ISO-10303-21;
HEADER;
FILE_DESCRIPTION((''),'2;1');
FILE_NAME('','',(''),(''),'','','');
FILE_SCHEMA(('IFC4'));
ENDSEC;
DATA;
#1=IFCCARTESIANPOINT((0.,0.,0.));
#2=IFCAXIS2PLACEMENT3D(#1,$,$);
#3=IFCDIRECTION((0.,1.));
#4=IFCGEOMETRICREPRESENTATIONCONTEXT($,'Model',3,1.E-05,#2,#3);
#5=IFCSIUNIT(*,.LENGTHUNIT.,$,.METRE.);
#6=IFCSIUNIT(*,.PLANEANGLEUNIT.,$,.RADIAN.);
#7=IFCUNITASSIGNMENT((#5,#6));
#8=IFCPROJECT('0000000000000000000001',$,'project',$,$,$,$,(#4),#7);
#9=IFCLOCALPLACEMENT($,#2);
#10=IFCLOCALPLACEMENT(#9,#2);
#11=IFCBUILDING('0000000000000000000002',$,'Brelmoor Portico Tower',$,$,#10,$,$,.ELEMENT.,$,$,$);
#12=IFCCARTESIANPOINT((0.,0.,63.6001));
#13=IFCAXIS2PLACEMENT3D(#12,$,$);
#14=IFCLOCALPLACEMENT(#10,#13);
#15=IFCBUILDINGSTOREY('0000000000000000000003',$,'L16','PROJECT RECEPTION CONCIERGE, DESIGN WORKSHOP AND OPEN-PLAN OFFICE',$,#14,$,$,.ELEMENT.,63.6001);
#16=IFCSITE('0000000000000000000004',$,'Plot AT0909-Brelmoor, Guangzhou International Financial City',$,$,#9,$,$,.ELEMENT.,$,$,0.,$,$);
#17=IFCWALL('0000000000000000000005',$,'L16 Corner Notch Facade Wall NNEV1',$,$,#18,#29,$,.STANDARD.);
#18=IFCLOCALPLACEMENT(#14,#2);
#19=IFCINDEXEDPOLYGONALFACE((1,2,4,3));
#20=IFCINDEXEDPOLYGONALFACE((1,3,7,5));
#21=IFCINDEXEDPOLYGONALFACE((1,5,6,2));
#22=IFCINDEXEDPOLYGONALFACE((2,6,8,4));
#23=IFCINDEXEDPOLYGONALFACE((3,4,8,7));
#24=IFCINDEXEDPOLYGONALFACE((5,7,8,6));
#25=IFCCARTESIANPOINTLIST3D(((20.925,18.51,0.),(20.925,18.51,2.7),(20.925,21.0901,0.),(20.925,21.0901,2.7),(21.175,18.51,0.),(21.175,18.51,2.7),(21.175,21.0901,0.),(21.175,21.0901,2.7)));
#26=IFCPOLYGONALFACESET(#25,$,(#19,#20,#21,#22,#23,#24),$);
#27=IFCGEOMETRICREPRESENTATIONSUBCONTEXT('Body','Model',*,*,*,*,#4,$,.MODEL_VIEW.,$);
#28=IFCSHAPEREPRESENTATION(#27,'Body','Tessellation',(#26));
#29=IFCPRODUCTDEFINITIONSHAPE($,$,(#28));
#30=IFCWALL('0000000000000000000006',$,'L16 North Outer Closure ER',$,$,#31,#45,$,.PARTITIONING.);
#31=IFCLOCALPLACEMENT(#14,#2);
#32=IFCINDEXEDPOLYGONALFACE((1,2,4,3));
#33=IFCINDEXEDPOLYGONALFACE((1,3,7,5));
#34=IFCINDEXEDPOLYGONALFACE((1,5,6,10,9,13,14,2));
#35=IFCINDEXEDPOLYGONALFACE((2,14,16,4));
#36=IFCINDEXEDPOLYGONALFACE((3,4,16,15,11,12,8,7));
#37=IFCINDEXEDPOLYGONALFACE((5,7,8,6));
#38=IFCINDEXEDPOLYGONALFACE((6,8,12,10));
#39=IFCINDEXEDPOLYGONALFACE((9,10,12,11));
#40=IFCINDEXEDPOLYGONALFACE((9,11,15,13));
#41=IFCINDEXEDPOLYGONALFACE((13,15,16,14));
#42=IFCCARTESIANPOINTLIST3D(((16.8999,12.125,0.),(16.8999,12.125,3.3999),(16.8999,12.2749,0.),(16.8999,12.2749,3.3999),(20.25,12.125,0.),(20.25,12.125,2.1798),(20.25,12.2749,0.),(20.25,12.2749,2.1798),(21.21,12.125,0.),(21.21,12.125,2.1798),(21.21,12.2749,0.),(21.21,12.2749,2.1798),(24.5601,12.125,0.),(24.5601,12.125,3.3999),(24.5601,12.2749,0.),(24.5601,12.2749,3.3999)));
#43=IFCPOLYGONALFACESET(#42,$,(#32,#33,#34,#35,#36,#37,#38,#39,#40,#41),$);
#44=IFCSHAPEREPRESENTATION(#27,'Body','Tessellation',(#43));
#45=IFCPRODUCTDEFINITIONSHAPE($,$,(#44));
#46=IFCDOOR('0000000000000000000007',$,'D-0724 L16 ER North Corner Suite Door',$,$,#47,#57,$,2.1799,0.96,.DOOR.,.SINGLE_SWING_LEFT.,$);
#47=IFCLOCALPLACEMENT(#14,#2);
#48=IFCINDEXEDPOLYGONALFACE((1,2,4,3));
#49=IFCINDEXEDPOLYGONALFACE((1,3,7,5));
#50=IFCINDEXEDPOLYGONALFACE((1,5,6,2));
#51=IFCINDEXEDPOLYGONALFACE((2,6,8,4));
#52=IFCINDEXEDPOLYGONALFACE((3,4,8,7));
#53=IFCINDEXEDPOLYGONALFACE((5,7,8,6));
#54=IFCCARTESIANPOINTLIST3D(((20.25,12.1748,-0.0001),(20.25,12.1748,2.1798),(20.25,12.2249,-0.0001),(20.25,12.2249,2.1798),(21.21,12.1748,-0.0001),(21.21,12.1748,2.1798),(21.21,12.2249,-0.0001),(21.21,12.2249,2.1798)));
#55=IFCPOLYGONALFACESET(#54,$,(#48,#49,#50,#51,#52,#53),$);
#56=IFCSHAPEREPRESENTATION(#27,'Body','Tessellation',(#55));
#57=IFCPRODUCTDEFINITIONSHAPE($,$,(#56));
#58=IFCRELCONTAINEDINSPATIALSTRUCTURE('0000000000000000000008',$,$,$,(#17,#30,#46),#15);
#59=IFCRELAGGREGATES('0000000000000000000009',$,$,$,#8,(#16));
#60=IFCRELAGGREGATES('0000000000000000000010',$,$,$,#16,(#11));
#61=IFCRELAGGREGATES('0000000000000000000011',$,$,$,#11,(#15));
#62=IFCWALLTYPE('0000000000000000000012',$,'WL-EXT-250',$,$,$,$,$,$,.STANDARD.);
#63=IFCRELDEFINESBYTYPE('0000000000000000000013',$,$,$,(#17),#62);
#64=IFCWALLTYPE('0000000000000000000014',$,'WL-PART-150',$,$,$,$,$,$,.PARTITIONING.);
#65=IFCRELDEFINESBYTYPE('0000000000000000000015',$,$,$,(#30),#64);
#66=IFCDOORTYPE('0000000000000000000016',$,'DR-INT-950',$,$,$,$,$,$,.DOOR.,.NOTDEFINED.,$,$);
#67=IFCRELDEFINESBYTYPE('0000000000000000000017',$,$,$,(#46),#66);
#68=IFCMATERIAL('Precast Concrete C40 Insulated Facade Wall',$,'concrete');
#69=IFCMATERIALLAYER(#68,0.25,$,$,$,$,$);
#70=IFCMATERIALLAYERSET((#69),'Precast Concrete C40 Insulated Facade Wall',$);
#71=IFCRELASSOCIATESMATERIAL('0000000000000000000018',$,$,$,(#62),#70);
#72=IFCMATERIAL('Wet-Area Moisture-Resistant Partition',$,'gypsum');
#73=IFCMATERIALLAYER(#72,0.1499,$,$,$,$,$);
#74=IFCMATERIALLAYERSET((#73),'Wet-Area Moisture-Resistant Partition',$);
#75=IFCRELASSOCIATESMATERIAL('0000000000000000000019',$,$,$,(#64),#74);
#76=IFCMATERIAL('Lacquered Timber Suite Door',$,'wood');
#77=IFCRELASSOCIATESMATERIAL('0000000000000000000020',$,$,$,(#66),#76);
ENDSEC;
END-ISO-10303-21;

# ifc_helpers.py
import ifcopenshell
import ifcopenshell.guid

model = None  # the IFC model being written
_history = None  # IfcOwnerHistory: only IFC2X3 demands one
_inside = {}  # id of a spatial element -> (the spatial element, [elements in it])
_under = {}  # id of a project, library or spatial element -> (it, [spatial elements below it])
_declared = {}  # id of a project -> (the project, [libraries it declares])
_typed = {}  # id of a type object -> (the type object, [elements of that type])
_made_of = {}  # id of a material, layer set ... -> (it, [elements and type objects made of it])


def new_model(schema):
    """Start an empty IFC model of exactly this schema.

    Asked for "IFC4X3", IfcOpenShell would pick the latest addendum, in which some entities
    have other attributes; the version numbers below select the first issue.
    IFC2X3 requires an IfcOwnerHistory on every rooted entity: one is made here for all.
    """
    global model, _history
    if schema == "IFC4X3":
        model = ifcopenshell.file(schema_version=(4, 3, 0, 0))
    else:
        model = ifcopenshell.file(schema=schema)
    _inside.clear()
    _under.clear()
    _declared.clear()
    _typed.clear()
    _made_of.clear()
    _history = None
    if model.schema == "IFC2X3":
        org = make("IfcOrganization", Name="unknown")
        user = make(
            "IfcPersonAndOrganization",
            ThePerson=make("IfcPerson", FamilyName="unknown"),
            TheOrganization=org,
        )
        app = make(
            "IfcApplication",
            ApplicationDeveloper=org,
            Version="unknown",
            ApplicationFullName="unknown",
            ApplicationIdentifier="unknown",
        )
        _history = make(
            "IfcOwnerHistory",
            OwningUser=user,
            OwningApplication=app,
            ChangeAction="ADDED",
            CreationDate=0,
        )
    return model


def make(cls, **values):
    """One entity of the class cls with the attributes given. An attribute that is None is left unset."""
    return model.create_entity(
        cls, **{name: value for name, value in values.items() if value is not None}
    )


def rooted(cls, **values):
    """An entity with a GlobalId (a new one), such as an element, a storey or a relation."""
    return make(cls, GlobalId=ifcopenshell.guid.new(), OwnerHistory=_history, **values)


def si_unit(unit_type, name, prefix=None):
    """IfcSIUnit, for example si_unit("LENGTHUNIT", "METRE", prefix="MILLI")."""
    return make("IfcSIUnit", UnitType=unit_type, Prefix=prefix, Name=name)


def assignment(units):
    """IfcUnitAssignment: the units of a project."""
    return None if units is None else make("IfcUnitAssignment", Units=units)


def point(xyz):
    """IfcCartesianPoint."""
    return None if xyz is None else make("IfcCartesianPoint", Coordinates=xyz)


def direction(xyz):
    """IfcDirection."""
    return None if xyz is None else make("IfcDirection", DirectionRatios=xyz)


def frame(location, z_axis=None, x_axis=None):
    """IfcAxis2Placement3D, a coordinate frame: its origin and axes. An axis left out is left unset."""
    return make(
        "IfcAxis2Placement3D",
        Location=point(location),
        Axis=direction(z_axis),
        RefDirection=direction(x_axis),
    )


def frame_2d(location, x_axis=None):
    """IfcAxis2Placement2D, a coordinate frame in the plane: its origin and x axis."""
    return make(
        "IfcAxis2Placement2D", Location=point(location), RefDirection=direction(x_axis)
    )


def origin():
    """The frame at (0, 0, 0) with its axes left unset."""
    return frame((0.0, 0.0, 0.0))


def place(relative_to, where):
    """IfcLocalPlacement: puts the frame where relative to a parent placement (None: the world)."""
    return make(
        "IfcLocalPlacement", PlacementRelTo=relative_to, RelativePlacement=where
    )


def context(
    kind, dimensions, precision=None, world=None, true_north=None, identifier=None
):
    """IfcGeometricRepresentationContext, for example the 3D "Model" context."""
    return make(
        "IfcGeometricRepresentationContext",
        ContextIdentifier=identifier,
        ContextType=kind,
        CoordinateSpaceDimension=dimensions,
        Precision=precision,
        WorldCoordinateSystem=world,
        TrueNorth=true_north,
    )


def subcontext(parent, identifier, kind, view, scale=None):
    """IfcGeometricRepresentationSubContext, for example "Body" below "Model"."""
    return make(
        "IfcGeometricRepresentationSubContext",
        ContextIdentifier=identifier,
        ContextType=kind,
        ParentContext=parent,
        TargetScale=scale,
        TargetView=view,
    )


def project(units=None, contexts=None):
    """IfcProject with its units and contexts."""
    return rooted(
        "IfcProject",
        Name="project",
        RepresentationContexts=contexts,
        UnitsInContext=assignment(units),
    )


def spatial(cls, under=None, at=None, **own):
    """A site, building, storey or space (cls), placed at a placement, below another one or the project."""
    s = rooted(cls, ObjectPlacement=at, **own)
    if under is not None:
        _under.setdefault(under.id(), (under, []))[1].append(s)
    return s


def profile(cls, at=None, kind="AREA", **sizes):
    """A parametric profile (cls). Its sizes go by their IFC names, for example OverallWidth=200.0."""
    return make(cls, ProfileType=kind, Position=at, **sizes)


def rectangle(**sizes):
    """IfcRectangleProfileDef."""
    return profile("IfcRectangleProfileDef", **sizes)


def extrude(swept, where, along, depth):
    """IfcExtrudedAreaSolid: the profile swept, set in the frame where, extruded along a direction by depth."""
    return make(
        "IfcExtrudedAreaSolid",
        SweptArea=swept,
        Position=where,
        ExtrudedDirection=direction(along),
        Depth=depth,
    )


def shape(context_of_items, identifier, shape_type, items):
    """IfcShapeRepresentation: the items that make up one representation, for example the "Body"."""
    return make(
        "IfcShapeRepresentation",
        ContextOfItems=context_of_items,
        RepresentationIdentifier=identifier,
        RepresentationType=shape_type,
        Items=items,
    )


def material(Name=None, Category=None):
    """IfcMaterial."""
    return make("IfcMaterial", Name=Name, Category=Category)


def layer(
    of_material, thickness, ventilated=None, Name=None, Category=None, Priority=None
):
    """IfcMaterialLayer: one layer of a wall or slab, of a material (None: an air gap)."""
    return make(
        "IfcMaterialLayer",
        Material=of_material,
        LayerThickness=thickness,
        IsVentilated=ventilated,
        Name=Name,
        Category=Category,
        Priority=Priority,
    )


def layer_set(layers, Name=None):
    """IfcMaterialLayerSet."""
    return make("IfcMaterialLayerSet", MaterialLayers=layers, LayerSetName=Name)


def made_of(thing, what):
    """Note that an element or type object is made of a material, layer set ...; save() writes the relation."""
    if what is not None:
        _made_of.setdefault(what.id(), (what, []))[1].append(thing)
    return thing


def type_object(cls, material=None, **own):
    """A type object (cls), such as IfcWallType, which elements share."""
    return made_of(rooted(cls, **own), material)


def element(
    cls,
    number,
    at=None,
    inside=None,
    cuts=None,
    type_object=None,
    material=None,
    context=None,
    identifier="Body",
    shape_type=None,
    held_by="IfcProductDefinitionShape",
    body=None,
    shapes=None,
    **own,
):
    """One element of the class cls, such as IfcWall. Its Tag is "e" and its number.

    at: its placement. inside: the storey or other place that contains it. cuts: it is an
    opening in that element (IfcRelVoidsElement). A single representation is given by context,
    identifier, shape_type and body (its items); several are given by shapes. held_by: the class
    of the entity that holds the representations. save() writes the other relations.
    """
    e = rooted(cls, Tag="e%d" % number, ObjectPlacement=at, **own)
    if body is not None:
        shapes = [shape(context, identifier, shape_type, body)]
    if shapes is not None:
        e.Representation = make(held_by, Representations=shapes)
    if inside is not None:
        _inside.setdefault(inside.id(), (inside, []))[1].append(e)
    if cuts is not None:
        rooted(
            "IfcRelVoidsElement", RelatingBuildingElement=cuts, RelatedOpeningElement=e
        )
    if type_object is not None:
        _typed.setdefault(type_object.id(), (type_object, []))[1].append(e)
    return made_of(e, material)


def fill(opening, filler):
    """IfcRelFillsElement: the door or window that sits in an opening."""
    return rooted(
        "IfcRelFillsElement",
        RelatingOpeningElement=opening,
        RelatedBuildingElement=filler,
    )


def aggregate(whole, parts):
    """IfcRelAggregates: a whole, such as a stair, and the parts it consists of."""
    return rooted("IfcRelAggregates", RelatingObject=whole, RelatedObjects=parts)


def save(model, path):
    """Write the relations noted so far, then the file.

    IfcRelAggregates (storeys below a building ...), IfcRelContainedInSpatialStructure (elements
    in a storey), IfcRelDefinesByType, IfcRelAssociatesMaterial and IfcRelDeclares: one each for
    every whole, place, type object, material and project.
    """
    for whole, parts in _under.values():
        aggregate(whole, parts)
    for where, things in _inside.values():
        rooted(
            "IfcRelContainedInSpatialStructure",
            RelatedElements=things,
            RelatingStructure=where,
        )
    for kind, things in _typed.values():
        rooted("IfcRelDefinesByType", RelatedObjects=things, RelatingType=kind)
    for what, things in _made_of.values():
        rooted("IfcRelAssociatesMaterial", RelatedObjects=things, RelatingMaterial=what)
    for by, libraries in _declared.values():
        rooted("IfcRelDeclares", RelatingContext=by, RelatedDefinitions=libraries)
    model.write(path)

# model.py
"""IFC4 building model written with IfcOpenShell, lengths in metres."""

from ifc_helpers import new_model, si_unit, direction, frame, frame_2d, origin, place, context, subcontext, project, spatial, rectangle, extrude, material, layer, layer_set, type_object, element, fill, save


model = new_model("IFC4")

# Units and contexts
model_context = context("Model", 3, precision=1e-05, world=origin(), true_north=direction((0.0, 1.0)))
body_context = subcontext(model_context, "Body", "Model", "MODEL_VIEW")
ifc_project = project(units=[si_unit("LENGTHUNIT", "METRE"), si_unit("PLANEANGLEUNIT", "RADIAN")], contexts=[model_context])

# Site, building, storey
site_placement = place(None, origin())
site = spatial("IfcSite", under=ifc_project, at=site_placement, Name="Plot AT0909-Brelmoor, Guangzhou International Financial City", CompositionType="ELEMENT", RefElevation=0.0)
building_placement = place(site_placement, origin())
building = spatial("IfcBuilding", under=site, at=building_placement, Name="Brelmoor Portico Tower", CompositionType="ELEMENT")
storey_placement = place(building_placement, frame((0.0, 0.0, 63.6001)))
storey = spatial("IfcBuildingStorey", under=building, at=storey_placement, Name="L16", Description="PROJECT RECEPTION CONCIERGE, DESIGN WORKSHOP AND OPEN-PLAN OFFICE", CompositionType="ELEMENT", Elevation=63.6001)

# Wall
ifc_material_1 = material(Name="Precast Concrete C40 Insulated Facade Wall", Category="concrete")
ifc_layer_1 = layer(ifc_material_1, 0.25)
ifc_layer_set_1 = layer_set([ifc_layer_1], Name="Precast Concrete C40 Insulated Facade Wall")
wall_type_1 = type_object("IfcWallType", Name="WL-EXT-250", PredefinedType="STANDARD", material=ifc_layer_set_1)
for number, where, z_axis, x_axis, name in (
    (1, (21.05, 18.51, 0.0), (0.0, 0.0, 1.0), (0.0, 1.0, 0.0), "L16 Corner Notch Facade Wall NNEV1"),
):
    element("IfcWall", number, at=place(storey_placement, frame(where, z_axis=z_axis, x_axis=x_axis)), inside=storey, type_object=wall_type_1, Name=name, PredefinedType="STANDARD", context=body_context, shape_type="SweptSolid", body=[
        extrude(rectangle(XDim=2.5801, YDim=0.25, at=frame_2d((1.29, 0.0))), origin(), (0.0, 0.0, 1.0), 2.7),
    ])

# Wall, opening, door
ifc_material_2 = material(Name="Wet-Area Moisture-Resistant Partition", Category="gypsum")
ifc_layer_2 = layer(ifc_material_2, 0.1499)
ifc_layer_set_2 = layer_set([ifc_layer_2], Name="Wet-Area Moisture-Resistant Partition")
wall_type_2 = type_object("IfcWallType", Name="WL-PART-150", PredefinedType="PARTITIONING", material=ifc_layer_set_2)
wall_placement = place(storey_placement, frame((16.8999, 12.2, 0.0), z_axis=(0.0, 0.0, 1.0), x_axis=(1.0, 0.0, 0.0)))
wall = element("IfcWall", 2, at=wall_placement, inside=storey, type_object=wall_type_2, Name="L16 North Outer Closure ER", PredefinedType="PARTITIONING", context=body_context, shape_type="SweptSolid", body=[
    extrude(rectangle(XDim=7.6602, YDim=0.1499, at=frame_2d((3.8301, 0.0))), origin(), (0.0, 0.0, 1.0), 3.3999),
])
opening_placement = place(wall_placement, frame((3.3501, 0.0, 0.0)))
opening = element("IfcOpeningElement", 3, at=opening_placement, cuts=wall, PredefinedType="OPENING", context=body_context, shape_type="SweptSolid", body=[
    extrude(rectangle(XDim=0.96, YDim=2.1799, at=frame_2d((0.48, 1.0898))), frame((0.0, 0.085, 0.0), z_axis=(0.0, -1.0, 0.0), x_axis=(1.0, 0.0, 0.0)), (0.0, 0.0, 1.0), 0.1699),
])
ifc_material_3 = material(Name="Lacquered Timber Suite Door", Category="wood")
door_type = type_object("IfcDoorType", Name="DR-INT-950", OperationType="NOTDEFINED", PredefinedType="DOOR", material=ifc_material_3)
door_placement = place(opening_placement, origin())
door = element("IfcDoor", 4, at=door_placement, inside=storey, type_object=door_type, Name="D-0724 L16 ER North Corner Suite Door", OperationType="SINGLE_SWING_LEFT", OverallHeight=2.1799, OverallWidth=0.96, PredefinedType="DOOR", context=body_context, shape_type="SweptSolid", body=[
    extrude(rectangle(XDim=0.96, YDim=2.1799, at=frame_2d((0.48, 1.0898))), frame((0.0, 0.0249, 0.0), z_axis=(0.0, -1.0, 0.0), x_axis=(1.0, 0.0, 0.0)), (0.0, 0.0, 1.0), 0.05),
])
fill(opening, door)

save(model, "model.ifc")
